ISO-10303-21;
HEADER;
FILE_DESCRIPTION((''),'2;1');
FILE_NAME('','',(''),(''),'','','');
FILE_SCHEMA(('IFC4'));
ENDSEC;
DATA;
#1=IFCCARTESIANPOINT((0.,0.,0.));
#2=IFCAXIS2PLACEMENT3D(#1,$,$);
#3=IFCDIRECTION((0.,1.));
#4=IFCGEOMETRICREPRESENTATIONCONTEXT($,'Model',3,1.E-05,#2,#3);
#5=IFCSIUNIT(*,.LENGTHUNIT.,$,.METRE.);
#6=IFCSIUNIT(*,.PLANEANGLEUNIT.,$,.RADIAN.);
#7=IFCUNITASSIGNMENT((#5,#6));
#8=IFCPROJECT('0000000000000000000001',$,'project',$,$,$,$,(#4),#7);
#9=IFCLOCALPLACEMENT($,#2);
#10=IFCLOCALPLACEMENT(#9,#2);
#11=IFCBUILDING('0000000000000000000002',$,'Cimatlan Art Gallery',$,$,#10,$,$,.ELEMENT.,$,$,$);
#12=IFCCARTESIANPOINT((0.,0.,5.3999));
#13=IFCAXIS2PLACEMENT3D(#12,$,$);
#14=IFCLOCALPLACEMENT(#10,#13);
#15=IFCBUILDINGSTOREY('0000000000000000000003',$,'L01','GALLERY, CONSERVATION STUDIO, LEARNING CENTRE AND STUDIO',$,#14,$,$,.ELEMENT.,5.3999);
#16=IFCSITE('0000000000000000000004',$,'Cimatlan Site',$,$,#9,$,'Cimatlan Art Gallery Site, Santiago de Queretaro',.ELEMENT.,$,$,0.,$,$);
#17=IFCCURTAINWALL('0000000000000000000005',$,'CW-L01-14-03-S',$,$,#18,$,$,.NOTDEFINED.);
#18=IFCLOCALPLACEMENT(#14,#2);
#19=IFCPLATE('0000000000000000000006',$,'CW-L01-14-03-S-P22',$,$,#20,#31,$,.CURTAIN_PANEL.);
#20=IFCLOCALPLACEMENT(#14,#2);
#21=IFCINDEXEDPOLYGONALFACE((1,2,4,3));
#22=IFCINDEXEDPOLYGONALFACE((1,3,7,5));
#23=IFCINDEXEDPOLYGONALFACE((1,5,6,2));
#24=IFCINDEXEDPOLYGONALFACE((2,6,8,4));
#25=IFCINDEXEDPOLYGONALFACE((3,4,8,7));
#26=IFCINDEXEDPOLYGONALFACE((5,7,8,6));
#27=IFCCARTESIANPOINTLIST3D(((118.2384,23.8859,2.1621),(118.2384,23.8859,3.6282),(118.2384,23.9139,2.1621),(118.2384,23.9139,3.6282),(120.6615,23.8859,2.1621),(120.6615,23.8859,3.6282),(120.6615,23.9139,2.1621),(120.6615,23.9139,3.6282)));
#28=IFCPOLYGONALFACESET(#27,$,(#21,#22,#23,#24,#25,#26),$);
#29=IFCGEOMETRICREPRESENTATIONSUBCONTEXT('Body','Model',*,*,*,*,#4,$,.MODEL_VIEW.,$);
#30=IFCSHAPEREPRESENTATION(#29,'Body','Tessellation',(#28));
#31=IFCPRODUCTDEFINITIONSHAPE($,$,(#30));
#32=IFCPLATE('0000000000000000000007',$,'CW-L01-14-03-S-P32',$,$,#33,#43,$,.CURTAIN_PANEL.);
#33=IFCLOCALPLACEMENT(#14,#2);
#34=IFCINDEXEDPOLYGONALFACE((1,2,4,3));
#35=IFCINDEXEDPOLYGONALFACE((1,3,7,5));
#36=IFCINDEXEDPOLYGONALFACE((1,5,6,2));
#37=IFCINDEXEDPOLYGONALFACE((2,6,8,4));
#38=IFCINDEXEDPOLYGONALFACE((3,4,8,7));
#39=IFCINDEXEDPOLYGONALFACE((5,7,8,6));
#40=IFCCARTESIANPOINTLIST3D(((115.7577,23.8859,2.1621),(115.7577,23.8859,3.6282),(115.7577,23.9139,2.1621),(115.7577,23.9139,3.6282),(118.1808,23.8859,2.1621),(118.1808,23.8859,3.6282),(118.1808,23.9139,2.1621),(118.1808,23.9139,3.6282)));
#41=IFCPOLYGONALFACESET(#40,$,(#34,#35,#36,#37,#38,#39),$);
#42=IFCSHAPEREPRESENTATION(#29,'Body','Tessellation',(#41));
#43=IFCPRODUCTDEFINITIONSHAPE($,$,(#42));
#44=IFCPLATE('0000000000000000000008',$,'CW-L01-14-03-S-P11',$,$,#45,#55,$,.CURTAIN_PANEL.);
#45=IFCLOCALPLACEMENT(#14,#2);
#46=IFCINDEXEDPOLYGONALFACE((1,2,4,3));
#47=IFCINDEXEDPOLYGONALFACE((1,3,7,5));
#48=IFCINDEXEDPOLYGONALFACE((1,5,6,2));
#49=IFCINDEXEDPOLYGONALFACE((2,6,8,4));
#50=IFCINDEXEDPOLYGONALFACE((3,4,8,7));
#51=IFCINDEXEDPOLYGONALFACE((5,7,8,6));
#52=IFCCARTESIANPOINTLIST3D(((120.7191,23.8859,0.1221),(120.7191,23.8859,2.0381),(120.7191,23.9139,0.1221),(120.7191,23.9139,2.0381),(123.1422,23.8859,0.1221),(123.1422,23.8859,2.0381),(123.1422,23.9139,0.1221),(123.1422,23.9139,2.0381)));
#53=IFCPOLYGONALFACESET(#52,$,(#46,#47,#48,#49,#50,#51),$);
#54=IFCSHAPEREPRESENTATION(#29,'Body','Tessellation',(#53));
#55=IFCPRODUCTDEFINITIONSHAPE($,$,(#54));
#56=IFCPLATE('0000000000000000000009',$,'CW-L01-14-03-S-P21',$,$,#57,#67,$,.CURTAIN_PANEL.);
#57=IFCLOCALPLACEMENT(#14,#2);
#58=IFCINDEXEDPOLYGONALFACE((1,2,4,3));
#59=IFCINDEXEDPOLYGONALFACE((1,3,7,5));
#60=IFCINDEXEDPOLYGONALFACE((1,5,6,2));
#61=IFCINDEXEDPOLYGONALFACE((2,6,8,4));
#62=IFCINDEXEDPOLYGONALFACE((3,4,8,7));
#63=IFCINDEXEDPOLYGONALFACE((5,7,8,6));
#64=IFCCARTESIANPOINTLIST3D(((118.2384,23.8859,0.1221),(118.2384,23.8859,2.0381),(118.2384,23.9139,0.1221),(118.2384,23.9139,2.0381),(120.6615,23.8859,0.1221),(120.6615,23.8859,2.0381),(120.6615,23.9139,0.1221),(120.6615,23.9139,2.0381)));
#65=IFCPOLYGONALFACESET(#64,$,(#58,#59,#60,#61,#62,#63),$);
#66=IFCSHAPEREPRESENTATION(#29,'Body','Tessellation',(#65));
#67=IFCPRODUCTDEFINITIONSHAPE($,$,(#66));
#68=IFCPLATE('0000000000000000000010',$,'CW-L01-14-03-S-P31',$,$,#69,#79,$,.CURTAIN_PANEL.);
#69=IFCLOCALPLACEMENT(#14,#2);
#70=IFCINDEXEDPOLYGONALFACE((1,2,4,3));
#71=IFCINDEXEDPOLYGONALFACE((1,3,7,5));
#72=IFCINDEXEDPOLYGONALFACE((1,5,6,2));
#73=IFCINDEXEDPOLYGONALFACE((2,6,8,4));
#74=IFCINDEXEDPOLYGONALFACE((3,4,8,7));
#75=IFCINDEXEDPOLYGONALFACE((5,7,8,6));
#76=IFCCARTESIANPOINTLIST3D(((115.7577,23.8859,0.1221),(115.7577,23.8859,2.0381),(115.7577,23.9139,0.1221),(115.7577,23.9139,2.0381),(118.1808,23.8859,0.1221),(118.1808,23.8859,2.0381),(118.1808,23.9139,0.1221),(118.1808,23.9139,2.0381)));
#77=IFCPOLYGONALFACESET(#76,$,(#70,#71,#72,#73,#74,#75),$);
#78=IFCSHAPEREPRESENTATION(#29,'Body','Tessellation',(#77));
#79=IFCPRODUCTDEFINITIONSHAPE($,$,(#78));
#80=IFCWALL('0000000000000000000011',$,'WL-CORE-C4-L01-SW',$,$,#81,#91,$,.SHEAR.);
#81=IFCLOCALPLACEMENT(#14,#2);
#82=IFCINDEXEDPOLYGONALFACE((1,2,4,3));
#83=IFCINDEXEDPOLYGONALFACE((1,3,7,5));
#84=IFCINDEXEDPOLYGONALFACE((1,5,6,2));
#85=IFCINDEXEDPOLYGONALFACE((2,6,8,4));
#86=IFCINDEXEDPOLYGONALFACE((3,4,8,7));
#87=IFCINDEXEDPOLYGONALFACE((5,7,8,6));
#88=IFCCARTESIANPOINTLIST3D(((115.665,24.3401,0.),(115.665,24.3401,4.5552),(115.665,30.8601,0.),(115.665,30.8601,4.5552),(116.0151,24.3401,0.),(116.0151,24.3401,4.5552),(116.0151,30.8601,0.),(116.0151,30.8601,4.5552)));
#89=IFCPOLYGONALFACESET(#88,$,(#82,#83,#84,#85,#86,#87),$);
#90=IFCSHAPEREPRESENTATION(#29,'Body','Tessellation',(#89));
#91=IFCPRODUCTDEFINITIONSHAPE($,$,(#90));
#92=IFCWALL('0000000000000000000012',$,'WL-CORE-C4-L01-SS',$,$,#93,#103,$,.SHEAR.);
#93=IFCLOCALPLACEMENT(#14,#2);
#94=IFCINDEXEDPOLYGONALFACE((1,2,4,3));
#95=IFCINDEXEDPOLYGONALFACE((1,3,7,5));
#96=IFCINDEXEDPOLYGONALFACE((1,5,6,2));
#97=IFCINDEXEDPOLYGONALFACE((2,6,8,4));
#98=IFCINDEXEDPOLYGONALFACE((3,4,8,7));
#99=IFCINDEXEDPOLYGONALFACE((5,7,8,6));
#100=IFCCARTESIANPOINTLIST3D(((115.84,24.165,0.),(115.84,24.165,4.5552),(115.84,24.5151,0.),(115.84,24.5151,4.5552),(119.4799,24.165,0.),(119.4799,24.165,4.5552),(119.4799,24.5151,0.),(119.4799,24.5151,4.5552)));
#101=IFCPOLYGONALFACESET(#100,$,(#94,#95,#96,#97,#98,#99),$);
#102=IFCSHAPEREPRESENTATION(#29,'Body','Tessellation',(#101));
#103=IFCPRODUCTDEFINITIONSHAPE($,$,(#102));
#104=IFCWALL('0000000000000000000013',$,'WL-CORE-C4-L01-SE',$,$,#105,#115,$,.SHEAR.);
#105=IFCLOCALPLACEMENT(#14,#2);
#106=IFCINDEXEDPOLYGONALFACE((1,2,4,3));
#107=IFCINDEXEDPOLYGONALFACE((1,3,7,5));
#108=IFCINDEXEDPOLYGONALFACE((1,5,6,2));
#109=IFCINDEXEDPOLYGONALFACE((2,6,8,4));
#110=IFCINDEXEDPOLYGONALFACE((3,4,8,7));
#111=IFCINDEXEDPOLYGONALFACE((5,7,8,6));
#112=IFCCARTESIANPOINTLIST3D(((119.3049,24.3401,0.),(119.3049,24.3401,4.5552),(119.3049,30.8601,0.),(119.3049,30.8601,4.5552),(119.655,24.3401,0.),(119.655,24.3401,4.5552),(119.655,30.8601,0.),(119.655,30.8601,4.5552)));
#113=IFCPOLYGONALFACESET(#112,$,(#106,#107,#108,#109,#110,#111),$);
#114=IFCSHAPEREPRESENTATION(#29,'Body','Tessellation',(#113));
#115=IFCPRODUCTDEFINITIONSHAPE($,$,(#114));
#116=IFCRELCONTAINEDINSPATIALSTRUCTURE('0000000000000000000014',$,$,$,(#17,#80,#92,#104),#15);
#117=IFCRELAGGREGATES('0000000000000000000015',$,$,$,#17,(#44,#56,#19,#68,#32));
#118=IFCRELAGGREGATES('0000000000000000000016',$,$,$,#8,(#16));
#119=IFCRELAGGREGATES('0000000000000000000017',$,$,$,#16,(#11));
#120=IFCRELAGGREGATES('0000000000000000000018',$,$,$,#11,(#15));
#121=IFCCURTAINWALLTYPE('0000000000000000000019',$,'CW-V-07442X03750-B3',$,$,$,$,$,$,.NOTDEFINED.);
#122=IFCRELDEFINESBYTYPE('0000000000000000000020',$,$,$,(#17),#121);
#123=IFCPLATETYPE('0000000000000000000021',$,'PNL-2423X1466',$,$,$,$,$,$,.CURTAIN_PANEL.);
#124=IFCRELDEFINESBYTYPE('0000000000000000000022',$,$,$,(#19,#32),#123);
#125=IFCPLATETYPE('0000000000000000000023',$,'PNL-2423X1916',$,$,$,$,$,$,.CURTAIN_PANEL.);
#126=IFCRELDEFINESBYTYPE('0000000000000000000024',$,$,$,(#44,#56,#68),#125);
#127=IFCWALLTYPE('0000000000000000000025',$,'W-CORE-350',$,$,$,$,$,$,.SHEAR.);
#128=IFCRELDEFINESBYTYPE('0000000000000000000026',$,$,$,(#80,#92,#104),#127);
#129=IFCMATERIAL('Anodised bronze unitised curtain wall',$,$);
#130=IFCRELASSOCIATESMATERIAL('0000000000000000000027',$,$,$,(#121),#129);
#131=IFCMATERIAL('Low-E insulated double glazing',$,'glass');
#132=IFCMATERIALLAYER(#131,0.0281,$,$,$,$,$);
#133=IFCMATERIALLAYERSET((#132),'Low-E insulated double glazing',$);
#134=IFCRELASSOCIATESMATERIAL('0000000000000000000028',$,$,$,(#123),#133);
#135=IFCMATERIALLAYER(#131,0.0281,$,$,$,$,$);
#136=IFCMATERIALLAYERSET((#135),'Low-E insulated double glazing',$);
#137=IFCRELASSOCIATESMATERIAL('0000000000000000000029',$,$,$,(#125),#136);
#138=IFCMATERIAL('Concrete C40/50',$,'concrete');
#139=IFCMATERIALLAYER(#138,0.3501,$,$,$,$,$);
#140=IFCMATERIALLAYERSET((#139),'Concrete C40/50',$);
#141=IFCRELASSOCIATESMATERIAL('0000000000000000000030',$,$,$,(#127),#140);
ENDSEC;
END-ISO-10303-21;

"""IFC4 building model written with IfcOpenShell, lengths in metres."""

from ifc_helpers import new_model, si_unit, direction, frame, frame_2d, origin, origin_2d, place, context, subcontext, project, spatial, rectangle, extrude, material, layer, layer_set, type_object, element, aggregate, save


model = new_model("IFC4")

# Units and contexts
model_context = context("Model", 3, precision=1e-05, world=origin(), true_north=direction((0.0, 1.0)))
body_context = subcontext(model_context, "Body", "Model", "MODEL_VIEW")
ifc_project = project(units=[si_unit("LENGTHUNIT", "METRE"), si_unit("PLANEANGLEUNIT", "RADIAN")], contexts=[model_context])

# Site, building, storey
site_placement = place(None, origin())
site = spatial("IfcSite", under=ifc_project, at=site_placement, Name="Cimatlan Site", LongName="Cimatlan Art Gallery Site, Santiago de Queretaro", CompositionType="ELEMENT", RefElevation=0.0)
building_placement = place(site_placement, origin())
building = spatial("IfcBuilding", under=site, at=building_placement, Name="Cimatlan Art Gallery", CompositionType="ELEMENT")
storey_placement = place(building_placement, frame((0.0, 0.0, 5.3999)))
storey = spatial("IfcBuildingStorey", under=building, at=storey_placement, Name="L01", Description="GALLERY, CONSERVATION STUDIO, LEARNING CENTRE AND STUDIO", CompositionType="ELEMENT", Elevation=5.3999)

# Shared definitions
ifc_material_1 = material(Name="Concrete C40/50", Category="concrete")

# Shared definitions
ifc_material_2 = material(Name="Anodised bronze unitised curtain wall")

# Curtain wall
curtain_wall_type_1 = type_object("IfcCurtainWallType", Name="CW-V-07442X03750-B3", PredefinedType="NOTDEFINED", material=ifc_material_2)
curtain_wall_1_placement = place(storey_placement, origin())
curtain_wall_1 = element("IfcCurtainWall", 1, at=curtain_wall_1_placement, inside=storey, type_object=curtain_wall_type_1, Name="CW-L01-14-03-S", PredefinedType="NOTDEFINED")

# Plates
ifc_material_3 = material(Name="Low-E insulated double glazing", Category="glass")
ifc_layer_1 = layer(ifc_material_3, 0.0281)
ifc_layer_set_1 = layer_set([ifc_layer_1], Name="Low-E insulated double glazing")
plate_type_1 = type_object("IfcPlateType", Name="PNL-2423X1466", PredefinedType="CURTAIN_PANEL", material=ifc_layer_set_1)
plate_1_placement = place(storey_placement, frame((119.45, 23.8999, 2.1621), z_axis=(0.0, 0.0, 1.0), x_axis=(-1.0, 0.0, 0.0)))
plate_1 = element("IfcPlate", 2, at=plate_1_placement, type_object=plate_type_1, Name="CW-L01-14-03-S-P22", PredefinedType="CURTAIN_PANEL", context=body_context, shape_type="SweptSolid", body=[
    extrude(rectangle(XDim=2.4231, YDim=0.0281, at=origin_2d()), origin(), (0.0, 0.0, 1.0), 1.4661),
])
plate_2_placement = place(storey_placement, frame((116.9692, 23.8999, 2.1621), z_axis=(0.0, 0.0, 1.0), x_axis=(-1.0, 0.0, 0.0)))
plate_2 = element("IfcPlate", 3, at=plate_2_placement, type_object=plate_type_1, Name="CW-L01-14-03-S-P32", PredefinedType="CURTAIN_PANEL", context=body_context, shape_type="SweptSolid", body=[
    extrude(rectangle(XDim=2.4231, YDim=0.0281, at=origin_2d()), origin(), (0.0, 0.0, 1.0), 1.4661),
])
ifc_layer_2 = layer(ifc_material_3, 0.0281)
ifc_layer_set_2 = layer_set([ifc_layer_2], Name="Low-E insulated double glazing")
plate_type_2 = type_object("IfcPlateType", Name="PNL-2423X1916", PredefinedType="CURTAIN_PANEL", material=ifc_layer_set_2)
plate_3_placement = place(storey_placement, frame((121.9307, 23.8999, 0.1221), z_axis=(0.0, 0.0, 1.0), x_axis=(-1.0, 0.0, 0.0)))
plate_3 = element("IfcPlate", 4, at=plate_3_placement, type_object=plate_type_2, Name="CW-L01-14-03-S-P11", PredefinedType="CURTAIN_PANEL", context=body_context, shape_type="SweptSolid", body=[
    extrude(rectangle(XDim=2.4231, YDim=0.0281, at=origin_2d()), origin(), (0.0, 0.0, 1.0), 1.916),
])
plate_4_placement = place(storey_placement, frame((119.45, 23.8999, 0.1221), z_axis=(0.0, 0.0, 1.0), x_axis=(-1.0, 0.0, 0.0)))
plate_4 = element("IfcPlate", 5, at=plate_4_placement, type_object=plate_type_2, Name="CW-L01-14-03-S-P21", PredefinedType="CURTAIN_PANEL", context=body_context, shape_type="SweptSolid", body=[
    extrude(rectangle(XDim=2.4231, YDim=0.0281, at=origin_2d()), origin(), (0.0, 0.0, 1.0), 1.916),
])
plate_5_placement = place(storey_placement, frame((116.9692, 23.8999, 0.1221), z_axis=(0.0, 0.0, 1.0), x_axis=(-1.0, 0.0, 0.0)))
plate_5 = element("IfcPlate", 6, at=plate_5_placement, type_object=plate_type_2, Name="CW-L01-14-03-S-P31", PredefinedType="CURTAIN_PANEL", context=body_context, shape_type="SweptSolid", body=[
    extrude(rectangle(XDim=2.4231, YDim=0.0281, at=origin_2d()), origin(), (0.0, 0.0, 1.0), 1.916),
])
aggregate(curtain_wall_1, [plate_3, plate_4, plate_1, plate_5, plate_2])

# Walls
ifc_layer_3 = layer(ifc_material_1, 0.3501)
ifc_layer_set_3 = layer_set([ifc_layer_3], Name="Concrete C40/50")
wall_type = type_object("IfcWallType", Name="W-CORE-350", PredefinedType="SHEAR", material=ifc_layer_set_3)
wall_1_placement = place(storey_placement, frame((115.8401, 24.3401, 0.0), z_axis=(0.0, 0.0, 1.0), x_axis=(0.0, 1.0, 0.0)))
element("IfcWall", 7, at=wall_1_placement, inside=storey, type_object=wall_type, Name="WL-CORE-C4-L01-SW", PredefinedType="SHEAR", context=body_context, shape_type="SweptSolid", body=[
    extrude(rectangle(XDim=6.52, YDim=0.3501, at=frame_2d((3.26, 0.0))), origin(), (0.0, 0.0, 1.0), 4.5552),
])
wall_2_placement = place(storey_placement, frame((115.8401, 24.3401, 0.0), z_axis=(0.0, 0.0, 1.0), x_axis=(1.0, 0.0, 0.0)))
element("IfcWall", 8, at=wall_2_placement, inside=storey, type_object=wall_type, Name="WL-CORE-C4-L01-SS", PredefinedType="SHEAR", context=body_context, shape_type="SweptSolid", body=[
    extrude(rectangle(XDim=3.6399, YDim=0.3501, at=frame_2d((1.8198, 0.0))), origin(), (0.0, 0.0, 1.0), 4.5552),
])
wall_3_placement = place(storey_placement, frame((119.48, 24.3401, 0.0), z_axis=(0.0, 0.0, 1.0), x_axis=(0.0, 1.0, 0.0)))
element("IfcWall", 9, at=wall_3_placement, inside=storey, type_object=wall_type, Name="WL-CORE-C4-L01-SE", PredefinedType="SHEAR", context=body_context, shape_type="SweptSolid", body=[
    extrude(rectangle(XDim=6.52, YDim=0.3501, at=frame_2d((3.26, 0.0))), origin(), (0.0, 0.0, 1.0), 4.5552),
])

save(model, "model.ifc")
